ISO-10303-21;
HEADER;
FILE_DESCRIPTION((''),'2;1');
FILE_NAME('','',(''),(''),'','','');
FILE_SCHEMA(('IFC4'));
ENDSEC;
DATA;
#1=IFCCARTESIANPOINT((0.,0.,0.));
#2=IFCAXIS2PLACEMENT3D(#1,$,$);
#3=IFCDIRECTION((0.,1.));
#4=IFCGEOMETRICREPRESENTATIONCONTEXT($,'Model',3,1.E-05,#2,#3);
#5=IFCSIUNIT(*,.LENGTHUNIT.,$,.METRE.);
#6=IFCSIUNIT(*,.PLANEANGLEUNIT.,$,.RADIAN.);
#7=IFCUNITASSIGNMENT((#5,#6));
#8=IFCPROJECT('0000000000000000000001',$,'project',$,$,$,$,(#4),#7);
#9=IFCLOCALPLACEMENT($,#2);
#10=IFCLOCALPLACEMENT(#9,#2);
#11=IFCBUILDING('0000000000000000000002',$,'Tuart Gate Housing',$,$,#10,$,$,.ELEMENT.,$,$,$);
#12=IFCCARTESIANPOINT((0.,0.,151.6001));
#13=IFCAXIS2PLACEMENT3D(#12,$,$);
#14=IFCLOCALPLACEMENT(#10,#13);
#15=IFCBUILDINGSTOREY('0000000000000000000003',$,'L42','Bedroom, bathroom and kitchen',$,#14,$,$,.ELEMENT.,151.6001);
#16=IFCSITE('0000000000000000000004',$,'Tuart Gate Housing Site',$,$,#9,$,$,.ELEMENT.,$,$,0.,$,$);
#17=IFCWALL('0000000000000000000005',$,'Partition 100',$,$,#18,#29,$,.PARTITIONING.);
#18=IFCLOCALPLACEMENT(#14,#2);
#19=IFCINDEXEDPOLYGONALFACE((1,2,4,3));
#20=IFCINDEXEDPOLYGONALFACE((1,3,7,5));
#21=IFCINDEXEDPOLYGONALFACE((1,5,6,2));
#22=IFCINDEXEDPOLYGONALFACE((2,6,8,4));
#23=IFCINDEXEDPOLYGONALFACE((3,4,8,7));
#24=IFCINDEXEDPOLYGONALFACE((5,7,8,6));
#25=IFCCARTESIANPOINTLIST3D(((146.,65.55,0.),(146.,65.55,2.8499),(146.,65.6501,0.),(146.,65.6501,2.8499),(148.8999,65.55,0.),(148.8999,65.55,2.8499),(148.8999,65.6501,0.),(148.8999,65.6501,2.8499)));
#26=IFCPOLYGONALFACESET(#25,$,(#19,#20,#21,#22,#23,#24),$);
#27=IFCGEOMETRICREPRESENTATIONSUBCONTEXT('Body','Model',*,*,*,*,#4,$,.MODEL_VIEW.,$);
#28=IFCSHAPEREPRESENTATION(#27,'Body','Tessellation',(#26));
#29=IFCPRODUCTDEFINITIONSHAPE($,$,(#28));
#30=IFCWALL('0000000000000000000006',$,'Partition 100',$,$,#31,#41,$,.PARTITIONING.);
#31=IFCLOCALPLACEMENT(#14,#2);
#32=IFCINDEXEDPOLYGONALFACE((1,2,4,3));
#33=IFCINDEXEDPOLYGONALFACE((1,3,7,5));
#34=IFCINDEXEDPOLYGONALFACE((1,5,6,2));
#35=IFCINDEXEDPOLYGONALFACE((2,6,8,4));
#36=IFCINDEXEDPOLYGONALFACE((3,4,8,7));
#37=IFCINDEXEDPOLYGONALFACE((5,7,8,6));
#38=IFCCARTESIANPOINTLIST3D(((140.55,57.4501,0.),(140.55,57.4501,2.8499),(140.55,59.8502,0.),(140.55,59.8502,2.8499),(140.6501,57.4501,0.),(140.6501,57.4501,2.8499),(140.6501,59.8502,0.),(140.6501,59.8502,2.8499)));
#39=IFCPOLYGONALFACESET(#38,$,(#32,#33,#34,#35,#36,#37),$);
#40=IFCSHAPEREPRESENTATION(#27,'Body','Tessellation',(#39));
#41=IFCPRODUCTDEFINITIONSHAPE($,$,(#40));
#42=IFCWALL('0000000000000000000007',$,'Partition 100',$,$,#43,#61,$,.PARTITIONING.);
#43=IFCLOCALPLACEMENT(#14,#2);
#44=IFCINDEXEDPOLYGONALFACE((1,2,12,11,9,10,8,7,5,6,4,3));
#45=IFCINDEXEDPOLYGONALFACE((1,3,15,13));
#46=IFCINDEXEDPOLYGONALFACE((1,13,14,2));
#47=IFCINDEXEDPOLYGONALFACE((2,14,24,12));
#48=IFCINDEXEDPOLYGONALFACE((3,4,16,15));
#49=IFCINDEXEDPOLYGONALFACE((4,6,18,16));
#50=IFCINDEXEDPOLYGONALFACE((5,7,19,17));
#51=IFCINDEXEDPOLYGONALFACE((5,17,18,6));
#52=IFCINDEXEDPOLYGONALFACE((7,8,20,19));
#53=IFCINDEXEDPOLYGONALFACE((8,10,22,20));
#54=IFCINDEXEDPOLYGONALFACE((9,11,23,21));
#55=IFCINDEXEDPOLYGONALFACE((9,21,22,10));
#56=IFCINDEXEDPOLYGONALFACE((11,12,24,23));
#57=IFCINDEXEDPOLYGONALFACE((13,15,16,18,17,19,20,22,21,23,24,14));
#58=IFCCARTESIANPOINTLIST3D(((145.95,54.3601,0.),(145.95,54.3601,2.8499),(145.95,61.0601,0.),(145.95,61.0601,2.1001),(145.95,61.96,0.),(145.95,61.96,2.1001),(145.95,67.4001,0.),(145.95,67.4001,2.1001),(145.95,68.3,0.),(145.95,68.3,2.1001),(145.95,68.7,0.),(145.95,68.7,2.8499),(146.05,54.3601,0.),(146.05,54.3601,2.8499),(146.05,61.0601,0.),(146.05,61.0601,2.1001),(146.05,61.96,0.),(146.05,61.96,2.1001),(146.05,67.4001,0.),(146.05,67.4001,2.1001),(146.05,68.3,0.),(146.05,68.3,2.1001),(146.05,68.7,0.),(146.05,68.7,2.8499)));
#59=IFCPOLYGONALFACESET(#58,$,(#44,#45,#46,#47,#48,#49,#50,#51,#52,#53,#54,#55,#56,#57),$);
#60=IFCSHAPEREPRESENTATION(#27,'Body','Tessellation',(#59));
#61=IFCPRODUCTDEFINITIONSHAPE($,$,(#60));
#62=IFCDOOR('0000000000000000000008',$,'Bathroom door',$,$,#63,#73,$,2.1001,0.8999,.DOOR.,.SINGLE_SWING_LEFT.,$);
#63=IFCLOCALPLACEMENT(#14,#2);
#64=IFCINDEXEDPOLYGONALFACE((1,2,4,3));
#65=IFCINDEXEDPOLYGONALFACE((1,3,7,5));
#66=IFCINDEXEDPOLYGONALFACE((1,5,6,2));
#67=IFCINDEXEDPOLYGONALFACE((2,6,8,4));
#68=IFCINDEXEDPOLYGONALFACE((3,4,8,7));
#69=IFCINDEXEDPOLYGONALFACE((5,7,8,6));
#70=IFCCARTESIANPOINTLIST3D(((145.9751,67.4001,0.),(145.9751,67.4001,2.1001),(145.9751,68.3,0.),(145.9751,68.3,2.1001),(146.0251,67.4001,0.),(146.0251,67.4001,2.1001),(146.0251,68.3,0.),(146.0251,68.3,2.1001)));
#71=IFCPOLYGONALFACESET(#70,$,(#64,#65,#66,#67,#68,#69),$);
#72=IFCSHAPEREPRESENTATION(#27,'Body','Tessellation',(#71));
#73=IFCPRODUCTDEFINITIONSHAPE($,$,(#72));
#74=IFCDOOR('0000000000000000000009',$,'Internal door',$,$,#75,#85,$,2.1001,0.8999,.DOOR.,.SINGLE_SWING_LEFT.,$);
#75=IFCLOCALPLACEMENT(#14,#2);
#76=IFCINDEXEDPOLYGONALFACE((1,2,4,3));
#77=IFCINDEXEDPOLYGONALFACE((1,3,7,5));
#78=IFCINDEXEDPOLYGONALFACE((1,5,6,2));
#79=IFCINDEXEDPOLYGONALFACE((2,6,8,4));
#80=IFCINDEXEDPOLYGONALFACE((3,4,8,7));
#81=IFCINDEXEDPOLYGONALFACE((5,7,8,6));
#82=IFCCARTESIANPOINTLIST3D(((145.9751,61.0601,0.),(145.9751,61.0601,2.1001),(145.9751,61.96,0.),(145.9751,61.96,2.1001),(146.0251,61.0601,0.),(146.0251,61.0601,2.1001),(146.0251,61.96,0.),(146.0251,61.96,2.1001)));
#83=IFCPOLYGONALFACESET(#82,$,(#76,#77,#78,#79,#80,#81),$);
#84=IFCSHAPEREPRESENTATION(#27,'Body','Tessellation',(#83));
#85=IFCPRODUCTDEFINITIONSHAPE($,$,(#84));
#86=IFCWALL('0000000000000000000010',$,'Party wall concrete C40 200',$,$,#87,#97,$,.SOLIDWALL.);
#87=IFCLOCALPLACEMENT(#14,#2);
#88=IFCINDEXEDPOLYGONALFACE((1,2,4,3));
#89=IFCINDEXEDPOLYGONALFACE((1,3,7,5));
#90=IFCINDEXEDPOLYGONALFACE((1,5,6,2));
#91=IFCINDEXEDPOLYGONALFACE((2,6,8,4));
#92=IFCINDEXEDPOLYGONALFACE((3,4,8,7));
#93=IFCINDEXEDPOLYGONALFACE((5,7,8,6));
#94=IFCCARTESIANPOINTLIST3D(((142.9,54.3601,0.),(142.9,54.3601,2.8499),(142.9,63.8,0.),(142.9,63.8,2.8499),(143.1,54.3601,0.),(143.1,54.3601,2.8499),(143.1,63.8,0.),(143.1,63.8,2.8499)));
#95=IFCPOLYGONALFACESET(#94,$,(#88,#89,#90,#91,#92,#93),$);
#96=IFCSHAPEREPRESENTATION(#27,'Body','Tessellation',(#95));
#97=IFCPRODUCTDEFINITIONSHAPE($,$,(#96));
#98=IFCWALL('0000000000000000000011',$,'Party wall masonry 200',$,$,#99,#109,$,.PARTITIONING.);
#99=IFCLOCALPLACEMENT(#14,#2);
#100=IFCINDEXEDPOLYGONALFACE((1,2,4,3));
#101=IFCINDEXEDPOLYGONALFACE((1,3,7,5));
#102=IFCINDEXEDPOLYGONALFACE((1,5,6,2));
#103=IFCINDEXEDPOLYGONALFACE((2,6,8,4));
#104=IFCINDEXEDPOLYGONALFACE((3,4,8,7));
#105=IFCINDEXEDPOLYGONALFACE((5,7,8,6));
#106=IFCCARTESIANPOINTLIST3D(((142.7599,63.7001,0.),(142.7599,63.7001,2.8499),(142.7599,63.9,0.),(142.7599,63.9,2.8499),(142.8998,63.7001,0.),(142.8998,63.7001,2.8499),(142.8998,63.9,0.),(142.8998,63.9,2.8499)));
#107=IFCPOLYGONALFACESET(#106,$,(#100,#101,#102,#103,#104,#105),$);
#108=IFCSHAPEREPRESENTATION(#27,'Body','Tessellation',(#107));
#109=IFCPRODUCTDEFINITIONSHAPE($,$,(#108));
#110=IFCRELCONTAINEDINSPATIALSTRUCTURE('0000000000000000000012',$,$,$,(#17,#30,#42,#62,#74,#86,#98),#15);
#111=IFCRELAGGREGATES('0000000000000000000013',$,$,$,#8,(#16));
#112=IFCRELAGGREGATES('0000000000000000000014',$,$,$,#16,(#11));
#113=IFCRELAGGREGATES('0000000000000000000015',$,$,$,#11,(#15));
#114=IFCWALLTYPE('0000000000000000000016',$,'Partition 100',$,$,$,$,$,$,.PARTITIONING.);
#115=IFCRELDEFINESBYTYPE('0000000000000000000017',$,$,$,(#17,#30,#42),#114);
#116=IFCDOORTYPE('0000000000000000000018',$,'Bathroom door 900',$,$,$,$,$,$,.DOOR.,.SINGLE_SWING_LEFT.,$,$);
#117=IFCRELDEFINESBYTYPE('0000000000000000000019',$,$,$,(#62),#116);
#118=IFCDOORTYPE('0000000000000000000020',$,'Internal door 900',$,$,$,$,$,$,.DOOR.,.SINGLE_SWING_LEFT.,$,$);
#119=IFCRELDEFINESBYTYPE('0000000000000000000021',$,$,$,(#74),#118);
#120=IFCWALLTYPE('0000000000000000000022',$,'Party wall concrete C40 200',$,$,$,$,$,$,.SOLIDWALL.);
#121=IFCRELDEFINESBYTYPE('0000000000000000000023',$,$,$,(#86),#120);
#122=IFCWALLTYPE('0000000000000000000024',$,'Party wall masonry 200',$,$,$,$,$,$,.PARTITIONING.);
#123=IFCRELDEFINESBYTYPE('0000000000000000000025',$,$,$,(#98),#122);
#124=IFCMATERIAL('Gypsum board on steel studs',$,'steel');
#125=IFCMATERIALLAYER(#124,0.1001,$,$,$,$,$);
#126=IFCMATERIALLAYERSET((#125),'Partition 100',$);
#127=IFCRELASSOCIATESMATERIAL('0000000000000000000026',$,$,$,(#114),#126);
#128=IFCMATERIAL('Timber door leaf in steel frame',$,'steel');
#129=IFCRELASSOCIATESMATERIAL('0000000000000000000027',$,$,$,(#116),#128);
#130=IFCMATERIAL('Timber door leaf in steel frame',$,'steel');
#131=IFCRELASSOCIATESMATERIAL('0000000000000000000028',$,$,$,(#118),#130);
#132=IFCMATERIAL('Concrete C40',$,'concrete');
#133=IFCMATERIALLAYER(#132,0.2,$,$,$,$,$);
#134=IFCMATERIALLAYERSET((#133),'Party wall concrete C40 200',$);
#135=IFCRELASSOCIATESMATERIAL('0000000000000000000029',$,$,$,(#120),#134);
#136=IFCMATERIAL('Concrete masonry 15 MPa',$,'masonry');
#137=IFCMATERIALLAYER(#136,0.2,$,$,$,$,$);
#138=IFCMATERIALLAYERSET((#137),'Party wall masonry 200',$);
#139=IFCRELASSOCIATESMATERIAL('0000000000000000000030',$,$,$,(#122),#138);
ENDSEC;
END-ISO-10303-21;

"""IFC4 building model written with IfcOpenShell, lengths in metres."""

from ifc_helpers import new_model, si_unit, direction, frame, frame_2d, origin, place, context, subcontext, project, spatial, rectangle, extrude, material, layer, layer_set, type_object, element, fill, save


model = new_model("IFC4")

# Units and contexts
model_context = context("Model", 3, precision=1e-05, world=origin(), true_north=direction((0.0, 1.0)))
body_context = subcontext(model_context, "Body", "Model", "MODEL_VIEW")
ifc_project = project(units=[si_unit("LENGTHUNIT", "METRE"), si_unit("PLANEANGLEUNIT", "RADIAN")], contexts=[model_context])

# Site, building, storey
site_placement = place(None, origin())
site = spatial("IfcSite", under=ifc_project, at=site_placement, Name="Tuart Gate Housing Site", CompositionType="ELEMENT", RefElevation=0.0)
building_placement = place(site_placement, origin())
building = spatial("IfcBuilding", under=site, at=building_placement, Name="Tuart Gate Housing", CompositionType="ELEMENT")
storey_placement = place(building_placement, frame((0.0, 0.0, 151.6001)))
storey = spatial("IfcBuildingStorey", under=building, at=storey_placement, Name="L42", Description="Bedroom, bathroom and kitchen", CompositionType="ELEMENT", Elevation=151.6001)

# Shared definitions
ifc_material_1 = material(Name="Gypsum board on steel studs", Category="steel")
ifc_layer_1 = layer(ifc_material_1, 0.1001)
ifc_layer_set_1 = layer_set([ifc_layer_1], Name="Partition 100")
wall_type_1 = type_object("IfcWallType", Name="Partition 100", PredefinedType="PARTITIONING", material=ifc_layer_set_1)

# Walls
wall_1_placement = place(storey_placement, frame((146.0, 65.6001, 0.0), z_axis=(0.0, 0.0, 1.0), x_axis=(1.0, 0.0, 0.0)))
element("IfcWall", 1, at=wall_1_placement, inside=storey, type_object=wall_type_1, Name="Partition 100", PredefinedType="PARTITIONING", context=body_context, shape_type="SweptSolid", body=[
    extrude(rectangle(XDim=2.8999, YDim=0.1001, at=frame_2d((1.45, 0.0))), origin(), (0.0, 0.0, 1.0), 2.8499),
])
wall_2_placement = place(storey_placement, frame((140.6001, 57.45, 0.0), z_axis=(0.0, 0.0, 1.0), x_axis=(0.0, 1.0, 0.0)))
element("IfcWall", 2, at=wall_2_placement, inside=storey, type_object=wall_type_1, Name="Partition 100", PredefinedType="PARTITIONING", context=body_context, shape_type="SweptSolid", body=[
    extrude(rectangle(XDim=2.4001, YDim=0.1001, at=frame_2d((1.2002, 0.0))), origin(), (0.0, 0.0, 1.0), 2.8499),
])

# Wall, openings, doors
wall_3_placement = place(storey_placement, frame((146.0, 54.3601, 0.0), z_axis=(0.0, 0.0, 1.0), x_axis=(0.0, 1.0, 0.0)))
wall_3 = element("IfcWall", 3, at=wall_3_placement, inside=storey, type_object=wall_type_1, Name="Partition 100", PredefinedType="PARTITIONING", context=body_context, shape_type="SweptSolid", body=[
    extrude(rectangle(XDim=14.3398, YDim=0.1001, at=frame_2d((7.1699, 0.0))), origin(), (0.0, 0.0, 1.0), 2.8499),
])
opening_1_placement = place(wall_3_placement, frame((6.7, 0.0, 0.0)))
opening_1 = element("IfcOpeningElement", 4, at=opening_1_placement, cuts=wall_3, PredefinedType="OPENING", context=body_context, shape_type="SweptSolid", body=[
    extrude(rectangle(XDim=0.8999, YDim=2.1001, at=frame_2d((0.45, 1.05))), frame((0.0, 0.0601, 0.0), z_axis=(0.0, -1.0, 0.0), x_axis=(1.0, 0.0, 0.0)), (0.0, 0.0, 1.0), 0.1201),
])
opening_2_placement = place(wall_3_placement, frame((13.04, 0.0, 0.0)))
opening_2 = element("IfcOpeningElement", 5, at=opening_2_placement, cuts=wall_3, PredefinedType="OPENING", context=body_context, shape_type="SweptSolid", body=[
    extrude(rectangle(XDim=0.8999, YDim=2.1001, at=frame_2d((0.45, 1.05))), frame((0.0, 0.0601, 0.0), z_axis=(0.0, -1.0, 0.0), x_axis=(1.0, 0.0, 0.0)), (0.0, 0.0, 1.0), 0.1201),
])
ifc_material_2 = material(Name="Timber door leaf in steel frame", Category="steel")
door_type_1 = type_object("IfcDoorType", Name="Bathroom door 900", OperationType="SINGLE_SWING_LEFT", PredefinedType="DOOR", material=ifc_material_2)
door_1_placement = place(opening_2_placement, frame((0.8999, 0.0, 0.0), z_axis=(0.0, 0.0, 1.0), x_axis=(-1.0, 0.0, 0.0)))
door_1 = element("IfcDoor", 6, at=door_1_placement, inside=storey, type_object=door_type_1, Name="Bathroom door", OperationType="SINGLE_SWING_LEFT", OverallHeight=2.1001, OverallWidth=0.8999, PredefinedType="DOOR", context=body_context, shape_type="SweptSolid", body=[
    extrude(rectangle(XDim=0.8999, YDim=2.1001, at=frame_2d((0.45, 1.05))), frame((0.0, 0.0251, 0.0), z_axis=(0.0, -1.0, 0.0), x_axis=(1.0, 0.0, 0.0)), (0.0, 0.0, 1.0), 0.05),
])
fill(opening_2, door_1)
ifc_material_3 = material(Name="Timber door leaf in steel frame", Category="steel")
door_type_2 = type_object("IfcDoorType", Name="Internal door 900", OperationType="SINGLE_SWING_LEFT", PredefinedType="DOOR", material=ifc_material_3)
door_2_placement = place(opening_1_placement, frame((0.8999, 0.0, 0.0), z_axis=(0.0, 0.0, 1.0), x_axis=(-1.0, 0.0, 0.0)))
door_2 = element("IfcDoor", 7, at=door_2_placement, inside=storey, type_object=door_type_2, Name="Internal door", OperationType="SINGLE_SWING_LEFT", OverallHeight=2.1001, OverallWidth=0.8999, PredefinedType="DOOR", context=body_context, shape_type="SweptSolid", body=[
    extrude(rectangle(XDim=0.8999, YDim=2.1001, at=frame_2d((0.45, 1.05))), frame((0.0, 0.0251, 0.0), z_axis=(0.0, -1.0, 0.0), x_axis=(1.0, 0.0, 0.0)), (0.0, 0.0, 1.0), 0.05),
])
fill(opening_1, door_2)

# Walls
ifc_material_4 = material(Name="Concrete C40", Category="concrete")
ifc_layer_2 = layer(ifc_material_4, 0.2)
ifc_layer_set_2 = layer_set([ifc_layer_2], Name="Party wall concrete C40 200")
wall_type_2 = type_object("IfcWallType", Name="Party wall concrete C40 200", PredefinedType="SOLIDWALL", material=ifc_layer_set_2)
wall_4_placement = place(storey_placement, frame((143.0, 54.3601, 0.0), z_axis=(0.0, 0.0, 1.0), x_axis=(0.0, 1.0, 0.0)))
element("IfcWall", 8, at=wall_4_placement, inside=storey, type_object=wall_type_2, Name="Party wall concrete C40 200", PredefinedType="SOLIDWALL", context=body_context, shape_type="SweptSolid", body=[
    extrude(rectangle(XDim=9.4399, YDim=0.2, at=frame_2d((4.72, 0.0))), origin(), (0.0, 0.0, 1.0), 2.8499),
])
ifc_material_5 = material(Name="Concrete masonry 15 MPa", Category="masonry")
ifc_layer_3 = layer(ifc_material_5, 0.2)
ifc_layer_set_3 = layer_set([ifc_layer_3], Name="Party wall masonry 200")
wall_type_3 = type_object("IfcWallType", Name="Party wall masonry 200", PredefinedType="PARTITIONING", material=ifc_layer_set_3)
wall_5_placement = place(storey_placement, frame((142.76, 63.8, 0.0), z_axis=(0.0, 0.0, 1.0), x_axis=(1.0, 0.0, 0.0)))
element("IfcWall", 9, at=wall_5_placement, inside=storey, type_object=wall_type_3, Name="Party wall masonry 200", PredefinedType="PARTITIONING", context=body_context, shape_type="SweptSolid", body=[
    extrude(rectangle(XDim=0.1399, YDim=0.2, at=frame_2d((0.0698, 0.0))), origin(), (0.0, 0.0, 1.0), 2.8499),
])

save(model, "model.ifc")
